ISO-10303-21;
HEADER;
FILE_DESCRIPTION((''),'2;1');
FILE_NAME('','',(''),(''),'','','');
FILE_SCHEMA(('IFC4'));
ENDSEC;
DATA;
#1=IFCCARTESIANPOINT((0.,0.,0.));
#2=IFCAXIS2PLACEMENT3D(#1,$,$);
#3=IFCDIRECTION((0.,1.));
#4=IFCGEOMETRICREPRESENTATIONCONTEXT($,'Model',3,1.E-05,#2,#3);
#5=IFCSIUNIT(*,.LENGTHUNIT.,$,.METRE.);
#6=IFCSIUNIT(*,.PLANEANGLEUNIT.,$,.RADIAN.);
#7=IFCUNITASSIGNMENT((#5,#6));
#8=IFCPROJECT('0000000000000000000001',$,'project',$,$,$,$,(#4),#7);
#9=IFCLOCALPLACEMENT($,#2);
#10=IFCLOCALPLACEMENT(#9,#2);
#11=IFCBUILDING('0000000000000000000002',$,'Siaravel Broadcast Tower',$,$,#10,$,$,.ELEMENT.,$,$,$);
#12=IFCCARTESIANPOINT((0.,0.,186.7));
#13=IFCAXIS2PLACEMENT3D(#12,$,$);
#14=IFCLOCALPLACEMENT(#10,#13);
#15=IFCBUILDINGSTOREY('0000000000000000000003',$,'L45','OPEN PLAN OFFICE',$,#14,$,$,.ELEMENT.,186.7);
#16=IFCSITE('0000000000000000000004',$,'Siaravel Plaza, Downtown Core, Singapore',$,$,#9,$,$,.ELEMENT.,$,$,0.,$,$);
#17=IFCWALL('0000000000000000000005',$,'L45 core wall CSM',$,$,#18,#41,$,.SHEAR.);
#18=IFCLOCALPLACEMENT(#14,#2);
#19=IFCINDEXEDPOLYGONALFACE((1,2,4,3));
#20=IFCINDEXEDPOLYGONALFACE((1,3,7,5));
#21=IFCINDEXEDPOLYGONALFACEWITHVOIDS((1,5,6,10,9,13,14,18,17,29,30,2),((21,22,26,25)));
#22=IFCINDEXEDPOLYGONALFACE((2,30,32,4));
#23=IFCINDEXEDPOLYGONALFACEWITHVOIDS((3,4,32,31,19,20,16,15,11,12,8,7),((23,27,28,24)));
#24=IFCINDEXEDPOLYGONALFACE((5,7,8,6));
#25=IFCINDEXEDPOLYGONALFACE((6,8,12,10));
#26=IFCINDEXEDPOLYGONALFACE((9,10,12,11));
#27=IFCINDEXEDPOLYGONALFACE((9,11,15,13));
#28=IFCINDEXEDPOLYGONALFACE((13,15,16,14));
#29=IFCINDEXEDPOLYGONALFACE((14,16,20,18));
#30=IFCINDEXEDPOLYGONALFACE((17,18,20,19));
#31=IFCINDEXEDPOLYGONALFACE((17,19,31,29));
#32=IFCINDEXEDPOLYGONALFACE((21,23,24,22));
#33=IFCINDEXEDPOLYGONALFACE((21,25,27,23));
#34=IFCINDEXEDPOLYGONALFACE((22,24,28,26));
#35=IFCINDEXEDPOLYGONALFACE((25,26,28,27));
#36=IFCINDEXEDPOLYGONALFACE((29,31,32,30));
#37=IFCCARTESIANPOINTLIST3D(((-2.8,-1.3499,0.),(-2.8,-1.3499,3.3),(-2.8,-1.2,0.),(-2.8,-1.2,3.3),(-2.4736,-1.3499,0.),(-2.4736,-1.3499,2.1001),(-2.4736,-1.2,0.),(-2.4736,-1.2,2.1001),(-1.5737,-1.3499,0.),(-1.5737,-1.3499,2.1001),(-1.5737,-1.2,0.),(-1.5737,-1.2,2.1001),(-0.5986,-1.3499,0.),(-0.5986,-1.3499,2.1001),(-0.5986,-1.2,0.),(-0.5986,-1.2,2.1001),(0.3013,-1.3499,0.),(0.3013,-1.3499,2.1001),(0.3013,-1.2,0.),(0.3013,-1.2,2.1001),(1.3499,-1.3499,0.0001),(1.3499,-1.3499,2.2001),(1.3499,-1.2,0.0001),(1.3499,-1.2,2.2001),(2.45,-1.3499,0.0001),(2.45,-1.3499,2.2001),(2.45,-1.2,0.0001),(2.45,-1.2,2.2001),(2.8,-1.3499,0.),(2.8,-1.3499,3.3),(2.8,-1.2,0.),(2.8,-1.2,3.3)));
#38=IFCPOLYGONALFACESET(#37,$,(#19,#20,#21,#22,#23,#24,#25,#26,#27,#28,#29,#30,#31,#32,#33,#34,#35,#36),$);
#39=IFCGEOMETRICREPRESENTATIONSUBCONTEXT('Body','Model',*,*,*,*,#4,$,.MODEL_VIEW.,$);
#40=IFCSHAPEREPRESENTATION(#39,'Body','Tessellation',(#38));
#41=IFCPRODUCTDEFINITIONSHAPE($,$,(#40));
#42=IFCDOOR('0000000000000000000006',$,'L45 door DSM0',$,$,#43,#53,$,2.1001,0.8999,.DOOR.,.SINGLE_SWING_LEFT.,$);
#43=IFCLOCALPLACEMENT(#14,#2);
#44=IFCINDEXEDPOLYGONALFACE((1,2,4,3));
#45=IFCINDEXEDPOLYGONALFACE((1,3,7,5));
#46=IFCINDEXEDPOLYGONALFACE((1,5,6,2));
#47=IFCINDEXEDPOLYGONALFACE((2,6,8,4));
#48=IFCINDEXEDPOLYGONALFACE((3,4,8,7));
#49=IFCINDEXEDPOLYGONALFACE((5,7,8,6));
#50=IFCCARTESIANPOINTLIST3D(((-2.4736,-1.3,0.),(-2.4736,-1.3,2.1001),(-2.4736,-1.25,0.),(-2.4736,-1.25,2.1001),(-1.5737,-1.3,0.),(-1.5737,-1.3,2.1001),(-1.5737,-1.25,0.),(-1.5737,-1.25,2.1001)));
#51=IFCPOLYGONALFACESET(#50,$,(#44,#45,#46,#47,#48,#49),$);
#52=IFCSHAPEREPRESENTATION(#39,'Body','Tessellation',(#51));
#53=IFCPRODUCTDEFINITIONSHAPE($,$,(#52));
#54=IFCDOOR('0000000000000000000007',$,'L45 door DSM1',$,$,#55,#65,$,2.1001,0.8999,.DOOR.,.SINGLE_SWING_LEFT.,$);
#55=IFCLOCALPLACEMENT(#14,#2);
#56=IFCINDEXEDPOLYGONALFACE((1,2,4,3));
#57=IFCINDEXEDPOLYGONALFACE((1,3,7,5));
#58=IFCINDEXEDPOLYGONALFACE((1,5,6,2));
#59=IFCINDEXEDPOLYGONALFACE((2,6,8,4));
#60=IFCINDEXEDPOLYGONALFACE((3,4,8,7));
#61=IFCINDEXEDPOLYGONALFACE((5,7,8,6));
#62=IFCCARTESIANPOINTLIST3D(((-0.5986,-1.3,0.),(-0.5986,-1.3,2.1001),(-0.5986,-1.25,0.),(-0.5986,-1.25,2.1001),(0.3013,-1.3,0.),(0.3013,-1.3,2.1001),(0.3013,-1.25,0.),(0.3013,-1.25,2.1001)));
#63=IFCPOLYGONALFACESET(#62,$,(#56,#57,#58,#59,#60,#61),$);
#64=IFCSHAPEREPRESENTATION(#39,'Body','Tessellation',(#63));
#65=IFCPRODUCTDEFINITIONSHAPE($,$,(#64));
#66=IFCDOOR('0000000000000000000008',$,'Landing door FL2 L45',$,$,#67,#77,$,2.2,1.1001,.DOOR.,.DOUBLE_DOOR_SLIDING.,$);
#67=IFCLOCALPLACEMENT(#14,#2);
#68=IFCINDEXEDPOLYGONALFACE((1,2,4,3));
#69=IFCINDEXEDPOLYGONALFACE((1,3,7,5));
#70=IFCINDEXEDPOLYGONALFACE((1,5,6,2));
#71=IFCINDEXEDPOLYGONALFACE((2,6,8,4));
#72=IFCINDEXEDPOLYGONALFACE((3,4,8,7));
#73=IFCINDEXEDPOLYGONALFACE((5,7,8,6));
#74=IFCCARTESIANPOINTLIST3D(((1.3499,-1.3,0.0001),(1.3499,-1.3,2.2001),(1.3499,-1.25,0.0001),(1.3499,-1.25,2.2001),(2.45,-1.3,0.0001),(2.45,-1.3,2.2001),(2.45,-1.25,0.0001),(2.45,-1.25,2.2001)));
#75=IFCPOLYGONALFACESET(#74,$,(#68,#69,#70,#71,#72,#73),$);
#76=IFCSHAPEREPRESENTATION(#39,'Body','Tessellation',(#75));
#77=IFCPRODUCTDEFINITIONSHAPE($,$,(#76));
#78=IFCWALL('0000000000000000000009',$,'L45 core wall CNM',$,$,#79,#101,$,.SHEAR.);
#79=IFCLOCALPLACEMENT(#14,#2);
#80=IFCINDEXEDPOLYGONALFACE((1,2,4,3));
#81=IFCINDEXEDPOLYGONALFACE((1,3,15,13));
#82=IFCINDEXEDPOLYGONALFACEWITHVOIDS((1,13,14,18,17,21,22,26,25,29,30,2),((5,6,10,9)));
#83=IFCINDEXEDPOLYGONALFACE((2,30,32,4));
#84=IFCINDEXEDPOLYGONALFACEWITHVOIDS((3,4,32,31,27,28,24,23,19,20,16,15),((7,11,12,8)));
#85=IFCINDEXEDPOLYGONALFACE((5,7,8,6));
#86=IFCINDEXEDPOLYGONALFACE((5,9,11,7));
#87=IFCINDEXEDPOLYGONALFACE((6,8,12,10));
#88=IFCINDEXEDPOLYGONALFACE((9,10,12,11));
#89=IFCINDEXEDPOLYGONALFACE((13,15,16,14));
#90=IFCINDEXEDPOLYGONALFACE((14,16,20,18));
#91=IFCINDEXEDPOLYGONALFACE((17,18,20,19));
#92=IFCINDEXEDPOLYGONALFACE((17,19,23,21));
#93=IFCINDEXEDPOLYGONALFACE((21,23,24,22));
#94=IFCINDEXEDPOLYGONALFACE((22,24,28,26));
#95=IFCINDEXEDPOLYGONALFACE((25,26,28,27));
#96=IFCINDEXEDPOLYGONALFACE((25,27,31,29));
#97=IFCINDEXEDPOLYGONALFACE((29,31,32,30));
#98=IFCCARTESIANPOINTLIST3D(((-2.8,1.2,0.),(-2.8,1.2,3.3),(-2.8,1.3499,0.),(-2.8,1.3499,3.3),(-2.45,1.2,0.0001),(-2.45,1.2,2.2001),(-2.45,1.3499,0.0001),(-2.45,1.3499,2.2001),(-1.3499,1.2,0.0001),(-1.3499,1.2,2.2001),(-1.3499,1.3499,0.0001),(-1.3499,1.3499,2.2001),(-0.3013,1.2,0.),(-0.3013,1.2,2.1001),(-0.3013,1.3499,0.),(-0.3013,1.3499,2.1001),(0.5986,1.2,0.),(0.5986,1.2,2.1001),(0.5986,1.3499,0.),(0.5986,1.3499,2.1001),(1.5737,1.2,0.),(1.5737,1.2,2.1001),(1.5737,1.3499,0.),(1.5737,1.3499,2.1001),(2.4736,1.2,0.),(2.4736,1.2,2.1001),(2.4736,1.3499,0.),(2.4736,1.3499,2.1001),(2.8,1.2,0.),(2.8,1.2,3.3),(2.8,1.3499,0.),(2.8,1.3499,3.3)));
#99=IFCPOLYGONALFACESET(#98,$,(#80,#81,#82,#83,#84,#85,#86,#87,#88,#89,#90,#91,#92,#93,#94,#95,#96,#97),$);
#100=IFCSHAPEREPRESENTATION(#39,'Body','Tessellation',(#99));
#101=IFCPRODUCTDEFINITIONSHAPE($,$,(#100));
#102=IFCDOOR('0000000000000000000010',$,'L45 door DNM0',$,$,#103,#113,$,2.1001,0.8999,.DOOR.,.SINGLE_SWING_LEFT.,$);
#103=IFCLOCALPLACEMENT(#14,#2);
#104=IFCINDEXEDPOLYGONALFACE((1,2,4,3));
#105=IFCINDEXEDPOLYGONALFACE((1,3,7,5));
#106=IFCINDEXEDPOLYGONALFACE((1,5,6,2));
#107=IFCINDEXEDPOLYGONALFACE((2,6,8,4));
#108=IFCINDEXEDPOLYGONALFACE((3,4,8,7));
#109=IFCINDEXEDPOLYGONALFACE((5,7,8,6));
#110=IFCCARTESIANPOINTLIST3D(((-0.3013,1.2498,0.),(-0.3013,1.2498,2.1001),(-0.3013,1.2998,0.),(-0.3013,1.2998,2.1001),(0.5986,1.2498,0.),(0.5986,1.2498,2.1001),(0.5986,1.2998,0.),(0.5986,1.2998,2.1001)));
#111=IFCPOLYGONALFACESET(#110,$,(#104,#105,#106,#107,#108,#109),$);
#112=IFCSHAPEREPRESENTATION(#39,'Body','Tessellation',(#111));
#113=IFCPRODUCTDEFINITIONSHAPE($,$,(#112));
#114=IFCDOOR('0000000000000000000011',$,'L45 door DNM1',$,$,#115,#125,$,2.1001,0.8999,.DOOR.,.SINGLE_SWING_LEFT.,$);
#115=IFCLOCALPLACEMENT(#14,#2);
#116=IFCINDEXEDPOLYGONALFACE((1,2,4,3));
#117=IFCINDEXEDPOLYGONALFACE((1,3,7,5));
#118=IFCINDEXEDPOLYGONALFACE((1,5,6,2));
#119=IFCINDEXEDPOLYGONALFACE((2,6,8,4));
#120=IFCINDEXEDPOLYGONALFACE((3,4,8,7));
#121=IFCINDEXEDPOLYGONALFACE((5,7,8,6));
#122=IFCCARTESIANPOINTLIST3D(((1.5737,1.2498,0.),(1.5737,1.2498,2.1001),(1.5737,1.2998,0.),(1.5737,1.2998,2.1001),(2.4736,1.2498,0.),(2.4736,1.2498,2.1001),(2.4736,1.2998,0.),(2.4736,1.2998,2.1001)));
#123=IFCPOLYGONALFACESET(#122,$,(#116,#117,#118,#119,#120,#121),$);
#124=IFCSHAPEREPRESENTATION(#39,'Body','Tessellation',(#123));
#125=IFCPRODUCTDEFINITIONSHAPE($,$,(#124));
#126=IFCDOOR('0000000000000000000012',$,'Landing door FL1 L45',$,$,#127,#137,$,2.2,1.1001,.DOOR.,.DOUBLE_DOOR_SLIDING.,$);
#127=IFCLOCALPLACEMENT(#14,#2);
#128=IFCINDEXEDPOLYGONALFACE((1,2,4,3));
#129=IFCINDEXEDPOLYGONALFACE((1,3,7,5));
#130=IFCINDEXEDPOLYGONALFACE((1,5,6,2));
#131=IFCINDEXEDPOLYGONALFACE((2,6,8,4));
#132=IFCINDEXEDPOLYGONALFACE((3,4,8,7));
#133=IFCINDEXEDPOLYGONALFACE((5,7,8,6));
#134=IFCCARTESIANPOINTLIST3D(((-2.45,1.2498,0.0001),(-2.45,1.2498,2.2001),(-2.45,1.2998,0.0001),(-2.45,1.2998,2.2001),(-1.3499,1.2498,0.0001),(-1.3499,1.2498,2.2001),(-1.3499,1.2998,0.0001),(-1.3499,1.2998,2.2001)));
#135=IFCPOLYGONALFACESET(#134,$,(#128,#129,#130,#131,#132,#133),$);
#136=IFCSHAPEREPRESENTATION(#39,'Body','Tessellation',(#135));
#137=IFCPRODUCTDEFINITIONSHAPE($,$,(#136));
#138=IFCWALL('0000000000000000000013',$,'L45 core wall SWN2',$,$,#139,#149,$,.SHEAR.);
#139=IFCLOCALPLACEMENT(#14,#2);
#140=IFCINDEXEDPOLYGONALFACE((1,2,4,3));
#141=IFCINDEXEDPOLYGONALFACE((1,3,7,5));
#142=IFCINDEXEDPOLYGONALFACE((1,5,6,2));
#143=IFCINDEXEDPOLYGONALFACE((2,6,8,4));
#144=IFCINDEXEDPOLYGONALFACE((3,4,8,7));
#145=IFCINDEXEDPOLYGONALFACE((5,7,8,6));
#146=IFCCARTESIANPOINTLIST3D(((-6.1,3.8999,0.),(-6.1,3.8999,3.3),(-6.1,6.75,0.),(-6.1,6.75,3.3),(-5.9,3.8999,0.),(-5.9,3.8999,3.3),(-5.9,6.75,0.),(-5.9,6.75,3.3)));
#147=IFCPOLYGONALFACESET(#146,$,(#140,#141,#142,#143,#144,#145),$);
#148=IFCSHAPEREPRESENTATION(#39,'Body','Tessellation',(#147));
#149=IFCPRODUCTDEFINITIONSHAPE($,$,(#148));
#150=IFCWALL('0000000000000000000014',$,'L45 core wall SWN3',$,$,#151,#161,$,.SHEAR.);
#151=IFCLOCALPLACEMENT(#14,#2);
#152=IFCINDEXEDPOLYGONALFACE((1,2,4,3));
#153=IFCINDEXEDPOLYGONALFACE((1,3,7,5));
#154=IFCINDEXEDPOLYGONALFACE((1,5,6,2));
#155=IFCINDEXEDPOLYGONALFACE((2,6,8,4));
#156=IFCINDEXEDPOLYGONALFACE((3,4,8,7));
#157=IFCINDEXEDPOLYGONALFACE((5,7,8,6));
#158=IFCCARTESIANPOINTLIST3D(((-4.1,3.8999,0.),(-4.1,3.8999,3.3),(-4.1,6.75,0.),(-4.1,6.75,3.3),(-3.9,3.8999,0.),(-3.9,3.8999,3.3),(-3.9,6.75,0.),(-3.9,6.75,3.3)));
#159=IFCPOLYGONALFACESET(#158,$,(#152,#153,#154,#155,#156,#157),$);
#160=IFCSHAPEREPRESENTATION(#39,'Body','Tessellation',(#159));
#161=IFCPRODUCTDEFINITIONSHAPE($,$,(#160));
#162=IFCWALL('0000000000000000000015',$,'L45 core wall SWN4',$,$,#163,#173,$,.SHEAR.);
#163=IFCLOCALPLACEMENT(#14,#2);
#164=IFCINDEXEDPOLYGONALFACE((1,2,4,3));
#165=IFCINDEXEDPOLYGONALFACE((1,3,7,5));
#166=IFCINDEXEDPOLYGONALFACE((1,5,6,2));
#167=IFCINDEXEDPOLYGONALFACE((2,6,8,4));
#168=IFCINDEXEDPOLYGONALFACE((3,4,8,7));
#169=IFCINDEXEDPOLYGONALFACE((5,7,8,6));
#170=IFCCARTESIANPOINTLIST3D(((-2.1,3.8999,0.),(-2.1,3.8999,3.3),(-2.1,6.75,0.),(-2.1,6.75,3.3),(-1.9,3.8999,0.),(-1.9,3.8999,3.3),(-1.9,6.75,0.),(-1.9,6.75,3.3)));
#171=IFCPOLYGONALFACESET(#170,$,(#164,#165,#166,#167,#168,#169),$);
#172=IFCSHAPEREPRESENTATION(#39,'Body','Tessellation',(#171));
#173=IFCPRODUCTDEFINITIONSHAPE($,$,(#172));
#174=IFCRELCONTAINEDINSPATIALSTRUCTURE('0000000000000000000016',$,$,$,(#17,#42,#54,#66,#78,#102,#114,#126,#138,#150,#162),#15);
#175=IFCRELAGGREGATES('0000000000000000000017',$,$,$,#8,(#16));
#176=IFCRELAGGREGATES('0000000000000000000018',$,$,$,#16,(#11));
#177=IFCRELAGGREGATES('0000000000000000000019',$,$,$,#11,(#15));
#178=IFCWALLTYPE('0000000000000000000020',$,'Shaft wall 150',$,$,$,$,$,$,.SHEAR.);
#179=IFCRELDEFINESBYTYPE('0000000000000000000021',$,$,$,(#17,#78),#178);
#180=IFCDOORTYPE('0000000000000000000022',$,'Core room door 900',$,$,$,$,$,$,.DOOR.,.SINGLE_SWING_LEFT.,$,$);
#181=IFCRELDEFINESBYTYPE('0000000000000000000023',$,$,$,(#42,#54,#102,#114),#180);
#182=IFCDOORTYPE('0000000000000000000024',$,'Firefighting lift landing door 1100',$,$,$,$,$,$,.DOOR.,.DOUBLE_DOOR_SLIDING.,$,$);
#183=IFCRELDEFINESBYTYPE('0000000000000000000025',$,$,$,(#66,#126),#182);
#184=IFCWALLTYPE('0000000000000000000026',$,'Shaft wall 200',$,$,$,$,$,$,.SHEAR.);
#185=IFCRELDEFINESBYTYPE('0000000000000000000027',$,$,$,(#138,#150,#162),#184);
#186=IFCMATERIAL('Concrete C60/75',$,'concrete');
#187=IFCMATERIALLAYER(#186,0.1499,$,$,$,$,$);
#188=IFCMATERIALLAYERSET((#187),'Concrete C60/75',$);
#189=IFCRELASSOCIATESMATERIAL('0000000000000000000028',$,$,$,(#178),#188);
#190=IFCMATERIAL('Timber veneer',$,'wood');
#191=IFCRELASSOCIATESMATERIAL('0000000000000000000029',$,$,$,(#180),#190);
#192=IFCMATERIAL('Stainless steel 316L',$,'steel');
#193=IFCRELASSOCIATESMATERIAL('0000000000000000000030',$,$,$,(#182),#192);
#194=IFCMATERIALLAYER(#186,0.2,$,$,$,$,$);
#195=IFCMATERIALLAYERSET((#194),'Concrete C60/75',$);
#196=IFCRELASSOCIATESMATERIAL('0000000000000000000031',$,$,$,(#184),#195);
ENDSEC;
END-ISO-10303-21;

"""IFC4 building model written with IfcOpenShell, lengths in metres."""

from ifc_helpers import new_model, si_unit, direction, frame, frame_2d, origin, place, context, subcontext, project, spatial, rectangle, extrude, material, layer, layer_set, type_object, element, fill, save


model = new_model("IFC4")

# Units and contexts
model_context = context("Model", 3, precision=1e-05, world=origin(), true_north=direction((0.0, 1.0)))
body_context = subcontext(model_context, "Body", "Model", "MODEL_VIEW")
ifc_project = project(units=[si_unit("LENGTHUNIT", "METRE"), si_unit("PLANEANGLEUNIT", "RADIAN")], contexts=[model_context])

# Site, building, storey
site_placement = place(None, origin())
site = spatial("IfcSite", under=ifc_project, at=site_placement, Name="Siaravel Plaza, Downtown Core, Singapore", CompositionType="ELEMENT", RefElevation=0.0)
building_placement = place(site_placement, origin())
building = spatial("IfcBuilding", under=site, at=building_placement, Name="Siaravel Broadcast Tower", CompositionType="ELEMENT")
storey_placement = place(building_placement, frame((0.0, 0.0, 186.7)))
storey = spatial("IfcBuildingStorey", under=building, at=storey_placement, Name="L45", Description="OPEN PLAN OFFICE", CompositionType="ELEMENT", Elevation=186.7)

# Shared definitions
ifc_material_1 = material(Name="Timber veneer", Category="wood")

# Walls, openings, doors
ifc_material_2 = material(Name="Concrete C60/75", Category="concrete")
ifc_layer_1 = layer(ifc_material_2, 0.1499)
ifc_layer_set_1 = layer_set([ifc_layer_1], Name="Concrete C60/75")
wall_type_1 = type_object("IfcWallType", Name="Shaft wall 150", PredefinedType="SHEAR", material=ifc_layer_set_1)
wall_1_placement = place(storey_placement, frame((-2.8, -1.2749, 0.0), z_axis=(0.0, 0.0, 1.0), x_axis=(1.0, 0.0, 0.0)))
wall_1 = element("IfcWall", 1, at=wall_1_placement, inside=storey, type_object=wall_type_1, Name="L45 core wall CSM", PredefinedType="SHEAR", context=body_context, shape_type="SweptSolid", body=[
    extrude(rectangle(XDim=5.6001, YDim=0.1499, at=frame_2d((2.8, 0.0))), origin(), (0.0, 0.0, 1.0), 3.3),
])
opening_1_placement = place(wall_1_placement, frame((4.1499, 0.0, 0.0)))
opening_1 = element("IfcOpeningElement", 2, at=opening_1_placement, cuts=wall_1, PredefinedType="OPENING", context=body_context, shape_type="SweptSolid", body=[
    extrude(rectangle(XDim=1.1001, YDim=2.2, at=frame_2d((0.55, 1.1001))), frame((0.0, 0.085, 0.0), z_axis=(0.0, -1.0, 0.0), x_axis=(1.0, 0.0, 0.0)), (0.0, 0.0, 1.0), 0.1699),
])
opening_2_placement = place(wall_1_placement, frame((0.3264, 0.0, 0.0)))
opening_2 = element("IfcOpeningElement", 3, at=opening_2_placement, cuts=wall_1, PredefinedType="OPENING", context=body_context, shape_type="SweptSolid", body=[
    extrude(rectangle(XDim=0.8999, YDim=2.1001, at=frame_2d((0.45, 1.05))), frame((0.0, 0.085, 0.0), z_axis=(0.0, -1.0, 0.0), x_axis=(1.0, 0.0, 0.0)), (0.0, 0.0, 1.0), 0.1699),
])
opening_3_placement = place(wall_1_placement, frame((2.2014, 0.0, 0.0)))
opening_3 = element("IfcOpeningElement", 4, at=opening_3_placement, cuts=wall_1, PredefinedType="OPENING", context=body_context, shape_type="SweptSolid", body=[
    extrude(rectangle(XDim=0.8999, YDim=2.1001, at=frame_2d((0.45, 1.05))), frame((0.0, 0.085, 0.0), z_axis=(0.0, -1.0, 0.0), x_axis=(1.0, 0.0, 0.0)), (0.0, 0.0, 1.0), 0.1699),
])
door_type_1 = type_object("IfcDoorType", Name="Core room door 900", OperationType="SINGLE_SWING_LEFT", PredefinedType="DOOR", material=ifc_material_1)
door_1_placement = place(opening_2_placement, origin())
door_1 = element("IfcDoor", 5, at=door_1_placement, inside=storey, type_object=door_type_1, Name="L45 door DSM0", OperationType="SINGLE_SWING_LEFT", OverallHeight=2.1001, OverallWidth=0.8999, PredefinedType="DOOR", context=body_context, shape_type="SweptSolid", body=[
    extrude(rectangle(XDim=0.8999, YDim=2.1001, at=frame_2d((0.45, 1.05))), frame((0.0, 0.0249, 0.0), z_axis=(0.0, -1.0, 0.0), x_axis=(1.0, 0.0, 0.0)), (0.0, 0.0, 1.0), 0.05),
])
fill(opening_2, door_1)
door_2_placement = place(opening_3_placement, origin())
door_2 = element("IfcDoor", 6, at=door_2_placement, inside=storey, type_object=door_type_1, Name="L45 door DSM1", OperationType="SINGLE_SWING_LEFT", OverallHeight=2.1001, OverallWidth=0.8999, PredefinedType="DOOR", context=body_context, shape_type="SweptSolid", body=[
    extrude(rectangle(XDim=0.8999, YDim=2.1001, at=frame_2d((0.45, 1.05))), frame((0.0, 0.0249, 0.0), z_axis=(0.0, -1.0, 0.0), x_axis=(1.0, 0.0, 0.0)), (0.0, 0.0, 1.0), 0.05),
])
fill(opening_3, door_2)
ifc_material_3 = material(Name="Stainless steel 316L", Category="steel")
door_type_2 = type_object("IfcDoorType", Name="Firefighting lift landing door 1100", OperationType="DOUBLE_DOOR_SLIDING", PredefinedType="DOOR", material=ifc_material_3)
door_3_placement = place(opening_1_placement, origin())
door_3 = element("IfcDoor", 7, at=door_3_placement, inside=storey, type_object=door_type_2, Name="Landing door FL2 L45", OperationType="DOUBLE_DOOR_SLIDING", OverallHeight=2.2, OverallWidth=1.1001, PredefinedType="DOOR", context=body_context, shape_type="SweptSolid", body=[
    extrude(rectangle(XDim=1.1001, YDim=2.2, at=frame_2d((0.55, 1.1001))), frame((0.0, 0.0249, 0.0), z_axis=(0.0, -1.0, 0.0), x_axis=(1.0, 0.0, 0.0)), (0.0, 0.0, 1.0), 0.05),
])
fill(opening_1, door_3)
wall_2_placement = place(storey_placement, frame((-2.8, 1.2749, 0.0), z_axis=(0.0, 0.0, 1.0), x_axis=(1.0, 0.0, 0.0)))
wall_2 = element("IfcWall", 8, at=wall_2_placement, inside=storey, type_object=wall_type_1, Name="L45 core wall CNM", PredefinedType="SHEAR", context=body_context, shape_type="SweptSolid", body=[
    extrude(rectangle(XDim=5.6001, YDim=0.1499, at=frame_2d((2.8, 0.0))), origin(), (0.0, 0.0, 1.0), 3.3),
])
opening_4_placement = place(wall_2_placement, frame((0.3501, 0.0, 0.0)))
opening_4 = element("IfcOpeningElement", 9, at=opening_4_placement, cuts=wall_2, PredefinedType="OPENING", context=body_context, shape_type="SweptSolid", body=[
    extrude(rectangle(XDim=1.1001, YDim=2.2, at=frame_2d((0.55, 1.1001))), frame((0.0, 0.085, 0.0), z_axis=(0.0, -1.0, 0.0), x_axis=(1.0, 0.0, 0.0)), (0.0, 0.0, 1.0), 0.1699),
])
opening_5_placement = place(wall_2_placement, frame((2.4988, 0.0, 0.0)))
opening_5 = element("IfcOpeningElement", 10, at=opening_5_placement, cuts=wall_2, PredefinedType="OPENING", context=body_context, shape_type="SweptSolid", body=[
    extrude(rectangle(XDim=0.8999, YDim=2.1001, at=frame_2d((0.45, 1.05))), frame((0.0, 0.085, 0.0), z_axis=(0.0, -1.0, 0.0), x_axis=(1.0, 0.0, 0.0)), (0.0, 0.0, 1.0), 0.1699),
])
opening_6_placement = place(wall_2_placement, frame((4.3738, 0.0, 0.0)))
opening_6 = element("IfcOpeningElement", 11, at=opening_6_placement, cuts=wall_2, PredefinedType="OPENING", context=body_context, shape_type="SweptSolid", body=[
    extrude(rectangle(XDim=0.8999, YDim=2.1001, at=frame_2d((0.45, 1.05))), frame((0.0, 0.085, 0.0), z_axis=(0.0, -1.0, 0.0), x_axis=(1.0, 0.0, 0.0)), (0.0, 0.0, 1.0), 0.1699),
])
door_4_placement = place(opening_5_placement, origin())
door_4 = element("IfcDoor", 12, at=door_4_placement, inside=storey, type_object=door_type_1, Name="L45 door DNM0", OperationType="SINGLE_SWING_LEFT", OverallHeight=2.1001, OverallWidth=0.8999, PredefinedType="DOOR", context=body_context, shape_type="SweptSolid", body=[
    extrude(rectangle(XDim=0.8999, YDim=2.1001, at=frame_2d((0.45, 1.05))), frame((0.0, 0.0249, 0.0), z_axis=(0.0, -1.0, 0.0), x_axis=(1.0, 0.0, 0.0)), (0.0, 0.0, 1.0), 0.05),
])
fill(opening_5, door_4)
door_5_placement = place(opening_6_placement, origin())
door_5 = element("IfcDoor", 13, at=door_5_placement, inside=storey, type_object=door_type_1, Name="L45 door DNM1", OperationType="SINGLE_SWING_LEFT", OverallHeight=2.1001, OverallWidth=0.8999, PredefinedType="DOOR", context=body_context, shape_type="SweptSolid", body=[
    extrude(rectangle(XDim=0.8999, YDim=2.1001, at=frame_2d((0.45, 1.05))), frame((0.0, 0.0249, 0.0), z_axis=(0.0, -1.0, 0.0), x_axis=(1.0, 0.0, 0.0)), (0.0, 0.0, 1.0), 0.05),
])
fill(opening_6, door_5)
door_6_placement = place(opening_4_placement, origin())
door_6 = element("IfcDoor", 14, at=door_6_placement, inside=storey, type_object=door_type_2, Name="Landing door FL1 L45", OperationType="DOUBLE_DOOR_SLIDING", OverallHeight=2.2, OverallWidth=1.1001, PredefinedType="DOOR", context=body_context, shape_type="SweptSolid", body=[
    extrude(rectangle(XDim=1.1001, YDim=2.2, at=frame_2d((0.55, 1.1001))), frame((0.0, 0.0249, 0.0), z_axis=(0.0, -1.0, 0.0), x_axis=(1.0, 0.0, 0.0)), (0.0, 0.0, 1.0), 0.05),
])
fill(opening_4, door_6)

# Walls
ifc_layer_2 = layer(ifc_material_2, 0.2)
ifc_layer_set_2 = layer_set([ifc_layer_2], Name="Concrete C60/75")
wall_type_2 = type_object("IfcWallType", Name="Shaft wall 200", PredefinedType="SHEAR", material=ifc_layer_set_2)
for number, where, z_axis, x_axis, name in (
    (15, (-6.0, 3.8999, 0.0), (0.0, 0.0, 1.0), (0.0, 1.0, 0.0), "L45 core wall SWN2"),
    (16, (-4.0, 3.8999, 0.0), (0.0, 0.0, 1.0), (0.0, 1.0, 0.0), "L45 core wall SWN3"),
    (17, (-2.0, 3.8999, 0.0), (0.0, 0.0, 1.0), (0.0, 1.0, 0.0), "L45 core wall SWN4"),
):
    element("IfcWall", number, at=place(storey_placement, frame(where, z_axis=z_axis, x_axis=x_axis)), inside=storey, type_object=wall_type_2, Name=name, PredefinedType="SHEAR", context=body_context, shape_type="SweptSolid", body=[
        extrude(rectangle(XDim=2.8501, YDim=0.2, at=frame_2d((1.425, 0.0))), origin(), (0.0, 0.0, 1.0), 3.3),
    ])

save(model, "model.ifc")
